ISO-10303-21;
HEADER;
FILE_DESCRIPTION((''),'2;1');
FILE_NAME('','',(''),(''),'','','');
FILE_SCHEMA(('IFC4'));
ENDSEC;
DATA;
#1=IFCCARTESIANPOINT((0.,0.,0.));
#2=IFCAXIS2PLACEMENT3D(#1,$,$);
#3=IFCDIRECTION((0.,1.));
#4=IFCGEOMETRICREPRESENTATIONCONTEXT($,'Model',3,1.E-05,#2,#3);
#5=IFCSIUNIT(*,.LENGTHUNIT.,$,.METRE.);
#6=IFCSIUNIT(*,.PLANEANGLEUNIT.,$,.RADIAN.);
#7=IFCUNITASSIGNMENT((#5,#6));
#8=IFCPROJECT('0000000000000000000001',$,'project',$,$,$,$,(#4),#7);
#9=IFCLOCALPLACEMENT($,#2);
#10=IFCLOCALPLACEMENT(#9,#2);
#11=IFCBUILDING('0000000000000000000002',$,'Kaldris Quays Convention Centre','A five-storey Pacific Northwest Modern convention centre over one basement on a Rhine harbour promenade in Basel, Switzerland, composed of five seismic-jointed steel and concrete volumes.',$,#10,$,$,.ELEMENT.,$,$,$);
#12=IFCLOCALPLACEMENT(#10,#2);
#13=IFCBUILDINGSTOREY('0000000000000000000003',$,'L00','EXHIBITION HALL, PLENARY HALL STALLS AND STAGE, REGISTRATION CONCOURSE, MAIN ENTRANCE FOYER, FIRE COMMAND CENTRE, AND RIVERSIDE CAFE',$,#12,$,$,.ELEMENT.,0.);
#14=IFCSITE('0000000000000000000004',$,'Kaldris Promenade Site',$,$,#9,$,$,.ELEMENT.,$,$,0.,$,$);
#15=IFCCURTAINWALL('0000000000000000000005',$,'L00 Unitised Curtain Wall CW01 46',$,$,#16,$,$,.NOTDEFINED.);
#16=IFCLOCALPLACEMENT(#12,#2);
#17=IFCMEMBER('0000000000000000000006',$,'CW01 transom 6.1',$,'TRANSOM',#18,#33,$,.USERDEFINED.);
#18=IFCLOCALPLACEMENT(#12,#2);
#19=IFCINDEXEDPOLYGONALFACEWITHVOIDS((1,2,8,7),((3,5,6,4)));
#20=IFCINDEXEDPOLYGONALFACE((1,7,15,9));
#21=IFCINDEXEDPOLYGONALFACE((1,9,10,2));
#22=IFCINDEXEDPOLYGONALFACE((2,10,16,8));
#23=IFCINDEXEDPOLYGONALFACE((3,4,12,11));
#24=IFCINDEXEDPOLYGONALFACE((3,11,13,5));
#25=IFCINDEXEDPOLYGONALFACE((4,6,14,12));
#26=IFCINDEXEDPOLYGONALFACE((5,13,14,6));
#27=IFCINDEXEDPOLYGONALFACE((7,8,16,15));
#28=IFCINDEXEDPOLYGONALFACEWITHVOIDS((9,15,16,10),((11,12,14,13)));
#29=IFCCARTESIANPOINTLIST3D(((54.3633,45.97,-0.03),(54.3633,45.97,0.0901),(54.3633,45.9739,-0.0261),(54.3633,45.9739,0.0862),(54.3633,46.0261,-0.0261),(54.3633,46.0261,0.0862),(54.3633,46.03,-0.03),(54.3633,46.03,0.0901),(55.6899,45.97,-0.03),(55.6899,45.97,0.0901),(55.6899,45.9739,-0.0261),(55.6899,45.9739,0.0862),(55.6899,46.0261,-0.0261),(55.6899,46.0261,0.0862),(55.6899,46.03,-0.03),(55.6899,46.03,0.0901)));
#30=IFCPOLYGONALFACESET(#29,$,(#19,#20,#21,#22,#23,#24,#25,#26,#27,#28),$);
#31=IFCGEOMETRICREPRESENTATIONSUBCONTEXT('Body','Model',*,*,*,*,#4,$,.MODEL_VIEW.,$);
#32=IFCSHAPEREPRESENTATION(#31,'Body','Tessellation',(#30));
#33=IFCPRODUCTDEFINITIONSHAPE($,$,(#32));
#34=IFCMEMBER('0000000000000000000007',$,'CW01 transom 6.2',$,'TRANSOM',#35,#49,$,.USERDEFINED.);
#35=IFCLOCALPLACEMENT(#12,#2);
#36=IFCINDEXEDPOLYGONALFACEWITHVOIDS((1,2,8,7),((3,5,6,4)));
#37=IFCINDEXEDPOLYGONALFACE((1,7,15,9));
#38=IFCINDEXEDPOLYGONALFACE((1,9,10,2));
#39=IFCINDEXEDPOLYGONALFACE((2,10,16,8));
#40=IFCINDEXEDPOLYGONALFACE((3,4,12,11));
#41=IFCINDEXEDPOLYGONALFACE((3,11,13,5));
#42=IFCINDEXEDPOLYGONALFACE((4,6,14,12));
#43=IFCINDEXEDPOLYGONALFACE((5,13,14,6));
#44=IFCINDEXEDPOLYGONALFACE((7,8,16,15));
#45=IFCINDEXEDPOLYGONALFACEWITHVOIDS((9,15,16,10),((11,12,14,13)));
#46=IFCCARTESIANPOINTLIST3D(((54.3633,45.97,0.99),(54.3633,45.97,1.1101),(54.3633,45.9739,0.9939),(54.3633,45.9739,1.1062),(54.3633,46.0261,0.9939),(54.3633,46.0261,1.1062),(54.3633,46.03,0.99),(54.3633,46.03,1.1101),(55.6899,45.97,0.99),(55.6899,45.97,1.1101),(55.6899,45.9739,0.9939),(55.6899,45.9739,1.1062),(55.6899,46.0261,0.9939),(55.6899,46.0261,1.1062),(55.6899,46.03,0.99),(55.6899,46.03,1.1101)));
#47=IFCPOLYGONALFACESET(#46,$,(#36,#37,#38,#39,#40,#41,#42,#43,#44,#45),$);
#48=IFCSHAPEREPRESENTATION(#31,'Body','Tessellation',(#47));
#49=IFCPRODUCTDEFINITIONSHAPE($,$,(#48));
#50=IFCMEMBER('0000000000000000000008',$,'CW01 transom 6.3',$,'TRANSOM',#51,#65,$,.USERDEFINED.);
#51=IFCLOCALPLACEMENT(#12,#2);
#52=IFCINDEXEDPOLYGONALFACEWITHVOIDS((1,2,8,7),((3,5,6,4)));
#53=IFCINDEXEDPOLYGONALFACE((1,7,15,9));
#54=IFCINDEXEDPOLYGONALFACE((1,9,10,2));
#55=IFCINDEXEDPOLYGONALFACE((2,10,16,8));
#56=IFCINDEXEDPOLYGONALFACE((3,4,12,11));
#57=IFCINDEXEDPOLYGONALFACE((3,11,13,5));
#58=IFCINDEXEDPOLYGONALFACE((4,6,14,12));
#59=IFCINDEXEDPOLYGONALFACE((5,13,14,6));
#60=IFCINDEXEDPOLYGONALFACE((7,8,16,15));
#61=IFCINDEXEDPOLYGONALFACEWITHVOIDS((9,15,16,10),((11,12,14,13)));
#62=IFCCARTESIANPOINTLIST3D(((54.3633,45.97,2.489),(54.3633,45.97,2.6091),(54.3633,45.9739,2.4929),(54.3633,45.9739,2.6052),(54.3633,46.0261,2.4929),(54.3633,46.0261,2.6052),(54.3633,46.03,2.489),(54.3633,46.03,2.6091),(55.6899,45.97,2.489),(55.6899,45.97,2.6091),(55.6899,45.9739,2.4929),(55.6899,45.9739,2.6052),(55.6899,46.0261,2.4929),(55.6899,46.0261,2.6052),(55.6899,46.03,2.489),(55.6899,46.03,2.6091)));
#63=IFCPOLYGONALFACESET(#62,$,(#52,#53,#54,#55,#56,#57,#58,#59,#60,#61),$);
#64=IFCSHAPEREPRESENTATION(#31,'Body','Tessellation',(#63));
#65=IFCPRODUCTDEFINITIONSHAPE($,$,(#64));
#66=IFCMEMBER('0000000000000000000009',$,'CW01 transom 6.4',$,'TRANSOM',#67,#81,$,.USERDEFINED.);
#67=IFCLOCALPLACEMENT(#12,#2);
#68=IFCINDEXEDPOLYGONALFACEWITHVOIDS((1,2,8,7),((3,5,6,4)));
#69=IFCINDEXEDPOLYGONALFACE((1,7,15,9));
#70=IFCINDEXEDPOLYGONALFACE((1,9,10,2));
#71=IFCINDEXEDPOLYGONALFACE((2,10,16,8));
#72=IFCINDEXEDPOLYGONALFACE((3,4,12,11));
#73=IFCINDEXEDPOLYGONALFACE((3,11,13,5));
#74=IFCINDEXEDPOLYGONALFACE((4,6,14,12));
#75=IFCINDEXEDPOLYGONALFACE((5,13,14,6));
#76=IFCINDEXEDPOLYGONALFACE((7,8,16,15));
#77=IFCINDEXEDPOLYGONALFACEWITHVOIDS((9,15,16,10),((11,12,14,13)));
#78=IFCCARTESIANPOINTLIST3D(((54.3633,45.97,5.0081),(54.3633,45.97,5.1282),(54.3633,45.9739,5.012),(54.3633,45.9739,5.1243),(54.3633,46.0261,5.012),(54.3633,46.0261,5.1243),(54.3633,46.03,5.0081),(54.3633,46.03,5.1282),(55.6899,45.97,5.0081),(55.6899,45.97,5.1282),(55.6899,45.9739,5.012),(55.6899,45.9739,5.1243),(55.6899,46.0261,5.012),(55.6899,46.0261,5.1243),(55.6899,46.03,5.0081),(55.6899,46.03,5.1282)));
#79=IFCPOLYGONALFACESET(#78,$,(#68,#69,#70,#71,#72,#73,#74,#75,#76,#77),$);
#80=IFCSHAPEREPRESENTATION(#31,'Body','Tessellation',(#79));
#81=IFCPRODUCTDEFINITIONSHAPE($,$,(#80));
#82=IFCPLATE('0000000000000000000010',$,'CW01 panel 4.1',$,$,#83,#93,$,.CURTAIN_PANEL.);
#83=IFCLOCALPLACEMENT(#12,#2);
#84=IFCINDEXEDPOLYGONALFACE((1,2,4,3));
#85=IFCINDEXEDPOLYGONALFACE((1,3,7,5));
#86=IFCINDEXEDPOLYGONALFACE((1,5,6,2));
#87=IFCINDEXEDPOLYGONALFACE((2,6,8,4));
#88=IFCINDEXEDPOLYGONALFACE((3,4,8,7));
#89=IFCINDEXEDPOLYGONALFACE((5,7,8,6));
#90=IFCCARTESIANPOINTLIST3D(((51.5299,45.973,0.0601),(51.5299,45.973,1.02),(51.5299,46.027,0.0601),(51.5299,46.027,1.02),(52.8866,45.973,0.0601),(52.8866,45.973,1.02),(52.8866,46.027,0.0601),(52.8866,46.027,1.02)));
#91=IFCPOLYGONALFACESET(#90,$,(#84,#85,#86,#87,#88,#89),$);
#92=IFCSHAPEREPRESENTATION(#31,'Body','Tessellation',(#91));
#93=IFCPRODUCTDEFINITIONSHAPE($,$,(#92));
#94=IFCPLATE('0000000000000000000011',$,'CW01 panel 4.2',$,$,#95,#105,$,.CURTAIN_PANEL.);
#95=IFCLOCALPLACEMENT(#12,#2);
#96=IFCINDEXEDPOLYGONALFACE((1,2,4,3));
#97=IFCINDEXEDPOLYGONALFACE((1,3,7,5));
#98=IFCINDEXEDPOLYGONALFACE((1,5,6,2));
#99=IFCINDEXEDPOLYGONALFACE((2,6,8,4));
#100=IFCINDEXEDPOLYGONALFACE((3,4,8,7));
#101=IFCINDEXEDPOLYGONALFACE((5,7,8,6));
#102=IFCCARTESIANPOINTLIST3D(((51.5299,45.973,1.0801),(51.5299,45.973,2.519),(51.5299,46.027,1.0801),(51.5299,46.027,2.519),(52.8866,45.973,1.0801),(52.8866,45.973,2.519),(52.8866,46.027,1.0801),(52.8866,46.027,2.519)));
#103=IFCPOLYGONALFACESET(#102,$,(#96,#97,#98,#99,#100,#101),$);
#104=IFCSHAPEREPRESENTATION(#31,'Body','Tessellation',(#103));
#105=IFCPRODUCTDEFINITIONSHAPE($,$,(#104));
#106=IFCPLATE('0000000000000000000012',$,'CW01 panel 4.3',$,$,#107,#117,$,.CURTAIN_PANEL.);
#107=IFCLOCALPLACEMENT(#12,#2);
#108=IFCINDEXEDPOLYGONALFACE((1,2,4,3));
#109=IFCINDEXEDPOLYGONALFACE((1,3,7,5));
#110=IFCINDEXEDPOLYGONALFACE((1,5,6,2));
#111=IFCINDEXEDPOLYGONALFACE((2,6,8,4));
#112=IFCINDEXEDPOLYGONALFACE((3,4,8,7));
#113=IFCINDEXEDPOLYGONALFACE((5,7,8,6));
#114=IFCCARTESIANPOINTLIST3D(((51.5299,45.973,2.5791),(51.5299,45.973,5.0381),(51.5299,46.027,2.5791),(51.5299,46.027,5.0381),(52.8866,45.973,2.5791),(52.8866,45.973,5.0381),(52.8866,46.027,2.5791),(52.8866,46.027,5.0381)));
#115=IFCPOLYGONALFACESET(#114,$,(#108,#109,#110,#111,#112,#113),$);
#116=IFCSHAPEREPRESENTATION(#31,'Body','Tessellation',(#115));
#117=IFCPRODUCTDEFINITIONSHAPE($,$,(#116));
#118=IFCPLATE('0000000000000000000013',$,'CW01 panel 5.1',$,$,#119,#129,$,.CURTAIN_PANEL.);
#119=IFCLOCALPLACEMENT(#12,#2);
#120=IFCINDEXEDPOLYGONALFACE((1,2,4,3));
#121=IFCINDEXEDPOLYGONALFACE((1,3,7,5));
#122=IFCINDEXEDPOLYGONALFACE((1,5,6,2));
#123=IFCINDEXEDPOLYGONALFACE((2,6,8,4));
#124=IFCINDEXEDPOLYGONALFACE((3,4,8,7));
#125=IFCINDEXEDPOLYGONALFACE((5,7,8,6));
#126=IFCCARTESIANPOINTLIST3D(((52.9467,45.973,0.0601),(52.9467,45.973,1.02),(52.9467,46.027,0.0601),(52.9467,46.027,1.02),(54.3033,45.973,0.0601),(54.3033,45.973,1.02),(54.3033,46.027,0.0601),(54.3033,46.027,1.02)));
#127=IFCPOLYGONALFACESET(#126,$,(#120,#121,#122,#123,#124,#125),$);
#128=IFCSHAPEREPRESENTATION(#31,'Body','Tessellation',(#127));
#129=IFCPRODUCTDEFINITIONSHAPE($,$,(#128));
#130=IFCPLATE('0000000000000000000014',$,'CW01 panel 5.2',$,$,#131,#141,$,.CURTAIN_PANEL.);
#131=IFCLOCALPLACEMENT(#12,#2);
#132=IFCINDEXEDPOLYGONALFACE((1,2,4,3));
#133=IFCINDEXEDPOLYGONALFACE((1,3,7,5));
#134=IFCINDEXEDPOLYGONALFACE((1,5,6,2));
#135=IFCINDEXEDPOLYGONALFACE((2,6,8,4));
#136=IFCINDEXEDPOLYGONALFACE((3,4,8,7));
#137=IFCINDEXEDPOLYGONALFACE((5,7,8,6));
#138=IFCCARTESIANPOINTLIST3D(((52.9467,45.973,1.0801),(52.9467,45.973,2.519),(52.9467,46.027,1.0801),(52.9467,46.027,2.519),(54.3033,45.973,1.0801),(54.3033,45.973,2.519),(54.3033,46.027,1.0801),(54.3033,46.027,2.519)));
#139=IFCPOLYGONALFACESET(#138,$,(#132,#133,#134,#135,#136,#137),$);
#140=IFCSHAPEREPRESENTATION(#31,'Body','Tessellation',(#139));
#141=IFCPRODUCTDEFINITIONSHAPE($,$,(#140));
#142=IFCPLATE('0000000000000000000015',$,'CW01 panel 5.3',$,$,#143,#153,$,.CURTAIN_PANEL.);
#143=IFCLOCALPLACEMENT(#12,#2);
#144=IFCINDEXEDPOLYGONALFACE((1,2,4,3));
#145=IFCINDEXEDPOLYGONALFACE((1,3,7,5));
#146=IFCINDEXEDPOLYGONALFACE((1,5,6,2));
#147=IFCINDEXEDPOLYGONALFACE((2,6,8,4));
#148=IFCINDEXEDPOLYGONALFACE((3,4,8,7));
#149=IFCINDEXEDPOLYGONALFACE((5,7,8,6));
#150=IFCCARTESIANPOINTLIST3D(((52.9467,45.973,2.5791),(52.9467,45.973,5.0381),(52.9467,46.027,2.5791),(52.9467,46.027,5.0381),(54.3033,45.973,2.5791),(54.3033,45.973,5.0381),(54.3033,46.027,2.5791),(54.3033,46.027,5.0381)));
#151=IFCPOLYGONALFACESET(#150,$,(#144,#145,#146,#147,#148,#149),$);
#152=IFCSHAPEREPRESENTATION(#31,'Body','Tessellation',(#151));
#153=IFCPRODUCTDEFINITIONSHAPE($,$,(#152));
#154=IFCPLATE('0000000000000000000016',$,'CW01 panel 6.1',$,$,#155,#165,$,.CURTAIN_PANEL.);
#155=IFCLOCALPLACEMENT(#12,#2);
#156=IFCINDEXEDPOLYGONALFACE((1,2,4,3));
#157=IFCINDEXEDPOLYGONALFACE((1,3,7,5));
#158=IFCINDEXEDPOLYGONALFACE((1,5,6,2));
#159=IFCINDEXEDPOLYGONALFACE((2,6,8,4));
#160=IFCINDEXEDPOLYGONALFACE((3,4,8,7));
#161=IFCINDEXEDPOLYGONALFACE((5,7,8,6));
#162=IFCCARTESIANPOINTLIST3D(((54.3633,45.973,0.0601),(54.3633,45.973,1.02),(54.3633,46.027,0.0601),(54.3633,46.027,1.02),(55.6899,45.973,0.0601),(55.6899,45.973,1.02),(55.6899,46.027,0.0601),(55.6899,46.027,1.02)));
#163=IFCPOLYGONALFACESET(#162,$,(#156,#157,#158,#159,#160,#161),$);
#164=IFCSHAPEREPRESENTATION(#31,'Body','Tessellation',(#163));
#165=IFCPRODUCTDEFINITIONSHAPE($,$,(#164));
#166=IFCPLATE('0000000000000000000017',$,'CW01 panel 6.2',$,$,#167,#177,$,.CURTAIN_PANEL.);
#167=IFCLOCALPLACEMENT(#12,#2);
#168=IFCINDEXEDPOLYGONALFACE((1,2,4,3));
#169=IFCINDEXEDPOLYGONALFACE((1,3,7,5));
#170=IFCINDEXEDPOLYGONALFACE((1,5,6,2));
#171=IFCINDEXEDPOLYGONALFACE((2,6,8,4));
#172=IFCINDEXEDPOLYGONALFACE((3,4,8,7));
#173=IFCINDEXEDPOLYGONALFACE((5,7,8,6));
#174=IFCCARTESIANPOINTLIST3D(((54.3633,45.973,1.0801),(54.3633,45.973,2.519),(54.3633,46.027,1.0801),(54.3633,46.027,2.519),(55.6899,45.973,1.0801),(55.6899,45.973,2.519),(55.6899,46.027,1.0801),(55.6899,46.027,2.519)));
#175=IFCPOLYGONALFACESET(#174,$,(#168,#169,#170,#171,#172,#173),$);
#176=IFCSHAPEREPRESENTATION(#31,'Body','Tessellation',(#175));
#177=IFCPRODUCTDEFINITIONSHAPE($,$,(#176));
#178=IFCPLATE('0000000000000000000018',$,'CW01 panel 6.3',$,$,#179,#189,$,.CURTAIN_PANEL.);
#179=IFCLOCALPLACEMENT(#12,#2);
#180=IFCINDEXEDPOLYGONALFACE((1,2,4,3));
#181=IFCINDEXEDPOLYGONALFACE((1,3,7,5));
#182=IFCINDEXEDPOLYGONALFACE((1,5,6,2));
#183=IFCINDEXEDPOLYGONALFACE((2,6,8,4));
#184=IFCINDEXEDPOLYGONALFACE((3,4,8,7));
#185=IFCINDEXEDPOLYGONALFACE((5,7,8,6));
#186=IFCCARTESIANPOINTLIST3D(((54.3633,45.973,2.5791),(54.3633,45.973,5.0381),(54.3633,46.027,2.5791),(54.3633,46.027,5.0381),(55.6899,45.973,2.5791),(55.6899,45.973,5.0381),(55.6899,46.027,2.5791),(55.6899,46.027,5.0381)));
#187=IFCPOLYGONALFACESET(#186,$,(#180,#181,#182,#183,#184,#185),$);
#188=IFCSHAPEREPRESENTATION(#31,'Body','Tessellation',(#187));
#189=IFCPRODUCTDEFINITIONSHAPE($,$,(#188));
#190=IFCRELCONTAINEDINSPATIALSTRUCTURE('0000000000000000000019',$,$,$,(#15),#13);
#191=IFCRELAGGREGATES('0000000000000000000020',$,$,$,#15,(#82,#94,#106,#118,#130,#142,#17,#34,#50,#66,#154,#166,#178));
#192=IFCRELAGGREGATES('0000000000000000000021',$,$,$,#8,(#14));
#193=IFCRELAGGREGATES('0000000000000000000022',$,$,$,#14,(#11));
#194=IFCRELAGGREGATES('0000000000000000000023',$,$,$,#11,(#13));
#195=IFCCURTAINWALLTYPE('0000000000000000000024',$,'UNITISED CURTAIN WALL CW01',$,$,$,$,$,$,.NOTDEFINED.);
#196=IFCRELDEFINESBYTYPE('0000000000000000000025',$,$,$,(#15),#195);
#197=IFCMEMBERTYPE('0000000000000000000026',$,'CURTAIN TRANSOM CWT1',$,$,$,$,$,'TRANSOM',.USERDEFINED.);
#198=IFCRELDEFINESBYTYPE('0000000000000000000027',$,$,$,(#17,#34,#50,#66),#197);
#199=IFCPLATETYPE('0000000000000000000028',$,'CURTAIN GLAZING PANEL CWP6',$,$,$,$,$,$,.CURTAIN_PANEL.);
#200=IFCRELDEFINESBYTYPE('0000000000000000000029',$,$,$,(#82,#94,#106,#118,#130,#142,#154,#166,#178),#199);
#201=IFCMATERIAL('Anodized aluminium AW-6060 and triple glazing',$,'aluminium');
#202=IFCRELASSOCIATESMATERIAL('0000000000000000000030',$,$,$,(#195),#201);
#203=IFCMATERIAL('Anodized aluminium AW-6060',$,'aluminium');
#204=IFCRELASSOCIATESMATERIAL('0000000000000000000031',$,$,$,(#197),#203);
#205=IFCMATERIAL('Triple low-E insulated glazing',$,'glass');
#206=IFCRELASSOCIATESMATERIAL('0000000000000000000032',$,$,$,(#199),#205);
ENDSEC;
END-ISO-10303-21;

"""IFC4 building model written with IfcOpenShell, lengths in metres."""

from ifc_helpers import new_model, si_unit, direction, frame, origin, origin_2d, place, context, subcontext, project, spatial, rectangle, hollow_rectangle, extrude, material, material_profile, profile_set, type_object, element, aggregate, save


model = new_model("IFC4")

# Units and contexts
model_context = context("Model", 3, precision=1e-05, world=origin(), true_north=direction((0.0, 1.0)))
body_context = subcontext(model_context, "Body", "Model", "MODEL_VIEW")
ifc_project = project(units=[si_unit("LENGTHUNIT", "METRE"), si_unit("PLANEANGLEUNIT", "RADIAN")], contexts=[model_context])

# Site, building, storey
site_placement = place(None, origin())
site = spatial("IfcSite", under=ifc_project, at=site_placement, Name="Kaldris Promenade Site", CompositionType="ELEMENT", RefElevation=0.0)
building_placement = place(site_placement, origin())
building = spatial("IfcBuilding", under=site, at=building_placement, Name="Kaldris Quays Convention Centre", Description="A five-storey Pacific Northwest Modern convention centre over one basement on a Rhine harbour promenade in Basel, Switzerland, composed of five seismic-jointed steel and concrete volumes.", CompositionType="ELEMENT")
storey_placement = place(building_placement, origin())
storey = spatial("IfcBuildingStorey", under=building, at=storey_placement, Name="L00", Description="EXHIBITION HALL, PLENARY HALL STALLS AND STAGE, REGISTRATION CONCOURSE, MAIN ENTRANCE FOYER, FIRE COMMAND CENTRE, AND RIVERSIDE CAFE", CompositionType="ELEMENT", Elevation=0.0)

# Curtain wall, members, plates
ifc_material_1 = material(Name="Anodized aluminium AW-6060 and triple glazing", Category="aluminium")
curtain_wall_type = type_object("IfcCurtainWallType", Name="UNITISED CURTAIN WALL CW01", PredefinedType="NOTDEFINED", material=ifc_material_1)
curtain_wall_placement = place(storey_placement, origin())
curtain_wall = element("IfcCurtainWall", 1, at=curtain_wall_placement, inside=storey, type_object=curtain_wall_type, Name="L00 Unitised Curtain Wall CW01 46", PredefinedType="NOTDEFINED")
ifc_material_2 = material(Name="Anodized aluminium AW-6060", Category="aluminium")
ifc_material_profile_1 = material_profile(ifc_material_2, hollow_rectangle(XDim=0.0601, YDim=0.1201, WallThickness=0.0039, at=origin_2d()), Name="RHS 120x60x4")
ifc_profile_set_1 = profile_set([ifc_material_profile_1], Name="Anodized aluminium AW-6060")
member_type_1 = type_object("IfcMemberType", Name="CURTAIN TRANSOM CWT1", ElementType="TRANSOM", PredefinedType="USERDEFINED", material=ifc_profile_set_1)
member_1_placement = place(storey_placement, frame((54.3633, 46.0, 0.03), z_axis=(1.0, 0.0, 0.0), x_axis=(0.0, 1.0, 0.0)))
member_1 = element("IfcMember", 2, at=member_1_placement, type_object=member_type_1, Name="CW01 transom 6.1", ObjectType="TRANSOM", PredefinedType="USERDEFINED", context=body_context, shape_type="SweptSolid", body=[
    extrude(hollow_rectangle(XDim=0.0601, YDim=0.1201, WallThickness=0.0039, at=origin_2d()), origin(), (0.0, 0.0, 1.0), 1.3267),
])
member_2_placement = place(storey_placement, frame((54.3633, 46.0, 1.05), z_axis=(1.0, 0.0, 0.0), x_axis=(0.0, 1.0, 0.0)))
member_2 = element("IfcMember", 3, at=member_2_placement, type_object=member_type_1, Name="CW01 transom 6.2", ObjectType="TRANSOM", PredefinedType="USERDEFINED", context=body_context, shape_type="SweptSolid", body=[
    extrude(hollow_rectangle(XDim=0.0601, YDim=0.1201, WallThickness=0.0039, at=origin_2d()), origin(), (0.0, 0.0, 1.0), 1.3267),
])
member_3_placement = place(storey_placement, frame((54.3633, 46.0, 2.5491), z_axis=(1.0, 0.0, 0.0), x_axis=(0.0, 1.0, 0.0)))
member_3 = element("IfcMember", 4, at=member_3_placement, type_object=member_type_1, Name="CW01 transom 6.3", ObjectType="TRANSOM", PredefinedType="USERDEFINED", context=body_context, shape_type="SweptSolid", body=[
    extrude(hollow_rectangle(XDim=0.0601, YDim=0.1201, WallThickness=0.0039, at=origin_2d()), origin(), (0.0, 0.0, 1.0), 1.3267),
])
member_4_placement = place(storey_placement, frame((54.3633, 46.0, 5.0681), z_axis=(1.0, 0.0, 0.0), x_axis=(0.0, 1.0, 0.0)))
member_4 = element("IfcMember", 5, at=member_4_placement, type_object=member_type_1, Name="CW01 transom 6.4", ObjectType="TRANSOM", PredefinedType="USERDEFINED", context=body_context, shape_type="SweptSolid", body=[
    extrude(hollow_rectangle(XDim=0.0601, YDim=0.1201, WallThickness=0.0039, at=origin_2d()), origin(), (0.0, 0.0, 1.0), 1.3267),
])
ifc_material_3 = material(Name="Triple low-E insulated glazing", Category="glass")
plate_type = type_object("IfcPlateType", Name="CURTAIN GLAZING PANEL CWP6", PredefinedType="CURTAIN_PANEL", material=ifc_material_3)
plate_1_placement = place(storey_placement, frame((52.2083, 46.0, 0.0601), z_axis=(0.0, 0.0, 1.0), x_axis=(1.0, 0.0, 0.0)))
plate_1 = element("IfcPlate", 6, at=plate_1_placement, type_object=plate_type, Name="CW01 panel 4.1", PredefinedType="CURTAIN_PANEL", context=body_context, shape_type="SweptSolid", body=[
    extrude(rectangle(XDim=1.3567, YDim=0.054, at=origin_2d()), origin(), (0.0, 0.0, 1.0), 0.96),
])
plate_2_placement = place(storey_placement, frame((52.2083, 46.0, 1.0801), z_axis=(0.0, 0.0, 1.0), x_axis=(1.0, 0.0, 0.0)))
plate_2 = element("IfcPlate", 7, at=plate_2_placement, type_object=plate_type, Name="CW01 panel 4.2", PredefinedType="CURTAIN_PANEL", context=body_context, shape_type="SweptSolid", body=[
    extrude(rectangle(XDim=1.3567, YDim=0.054, at=origin_2d()), origin(), (0.0, 0.0, 1.0), 1.439),
])
plate_3_placement = place(storey_placement, frame((52.2083, 46.0, 2.5791), z_axis=(0.0, 0.0, 1.0), x_axis=(1.0, 0.0, 0.0)))
plate_3 = element("IfcPlate", 8, at=plate_3_placement, type_object=plate_type, Name="CW01 panel 4.3", PredefinedType="CURTAIN_PANEL", context=body_context, shape_type="SweptSolid", body=[
    extrude(rectangle(XDim=1.3567, YDim=0.054, at=origin_2d()), origin(), (0.0, 0.0, 1.0), 2.459),
])
plate_4_placement = place(storey_placement, frame((53.625, 46.0, 0.0601), z_axis=(0.0, 0.0, 1.0), x_axis=(1.0, 0.0, 0.0)))
plate_4 = element("IfcPlate", 9, at=plate_4_placement, type_object=plate_type, Name="CW01 panel 5.1", PredefinedType="CURTAIN_PANEL", context=body_context, shape_type="SweptSolid", body=[
    extrude(rectangle(XDim=1.3567, YDim=0.054, at=origin_2d()), origin(), (0.0, 0.0, 1.0), 0.96),
])
plate_5_placement = place(storey_placement, frame((53.625, 46.0, 1.0801), z_axis=(0.0, 0.0, 1.0), x_axis=(1.0, 0.0, 0.0)))
plate_5 = element("IfcPlate", 10, at=plate_5_placement, type_object=plate_type, Name="CW01 panel 5.2", PredefinedType="CURTAIN_PANEL", context=body_context, shape_type="SweptSolid", body=[
    extrude(rectangle(XDim=1.3567, YDim=0.054, at=origin_2d()), origin(), (0.0, 0.0, 1.0), 1.439),
])
plate_6_placement = place(storey_placement, frame((53.625, 46.0, 2.5791), z_axis=(0.0, 0.0, 1.0), x_axis=(1.0, 0.0, 0.0)))
plate_6 = element("IfcPlate", 11, at=plate_6_placement, type_object=plate_type, Name="CW01 panel 5.3", PredefinedType="CURTAIN_PANEL", context=body_context, shape_type="SweptSolid", body=[
    extrude(rectangle(XDim=1.3567, YDim=0.054, at=origin_2d()), origin(), (0.0, 0.0, 1.0), 2.459),
])
plate_7_placement = place(storey_placement, frame((55.0266, 46.0, 0.0601), z_axis=(0.0, 0.0, 1.0), x_axis=(1.0, 0.0, 0.0)))
plate_7 = element("IfcPlate", 12, at=plate_7_placement, type_object=plate_type, Name="CW01 panel 6.1", PredefinedType="CURTAIN_PANEL", context=body_context, shape_type="SweptSolid", body=[
    extrude(rectangle(XDim=1.3267, YDim=0.054, at=origin_2d()), origin(), (0.0, 0.0, 1.0), 0.96),
])
plate_8_placement = place(storey_placement, frame((55.0266, 46.0, 1.0801), z_axis=(0.0, 0.0, 1.0), x_axis=(1.0, 0.0, 0.0)))
plate_8 = element("IfcPlate", 13, at=plate_8_placement, type_object=plate_type, Name="CW01 panel 6.2", PredefinedType="CURTAIN_PANEL", context=body_context, shape_type="SweptSolid", body=[
    extrude(rectangle(XDim=1.3267, YDim=0.054, at=origin_2d()), origin(), (0.0, 0.0, 1.0), 1.439),
])
plate_9_placement = place(storey_placement, frame((55.0266, 46.0, 2.5791), z_axis=(0.0, 0.0, 1.0), x_axis=(1.0, 0.0, 0.0)))
plate_9 = element("IfcPlate", 14, at=plate_9_placement, type_object=plate_type, Name="CW01 panel 6.3", PredefinedType="CURTAIN_PANEL", context=body_context, shape_type="SweptSolid", body=[
    extrude(rectangle(XDim=1.3267, YDim=0.054, at=origin_2d()), origin(), (0.0, 0.0, 1.0), 2.459),
])
aggregate(curtain_wall, [plate_1, plate_2, plate_3, plate_4, plate_5, plate_6, member_1, member_2, member_3, member_4, plate_7, plate_8, plate_9])

save(model, "model.ifc")
